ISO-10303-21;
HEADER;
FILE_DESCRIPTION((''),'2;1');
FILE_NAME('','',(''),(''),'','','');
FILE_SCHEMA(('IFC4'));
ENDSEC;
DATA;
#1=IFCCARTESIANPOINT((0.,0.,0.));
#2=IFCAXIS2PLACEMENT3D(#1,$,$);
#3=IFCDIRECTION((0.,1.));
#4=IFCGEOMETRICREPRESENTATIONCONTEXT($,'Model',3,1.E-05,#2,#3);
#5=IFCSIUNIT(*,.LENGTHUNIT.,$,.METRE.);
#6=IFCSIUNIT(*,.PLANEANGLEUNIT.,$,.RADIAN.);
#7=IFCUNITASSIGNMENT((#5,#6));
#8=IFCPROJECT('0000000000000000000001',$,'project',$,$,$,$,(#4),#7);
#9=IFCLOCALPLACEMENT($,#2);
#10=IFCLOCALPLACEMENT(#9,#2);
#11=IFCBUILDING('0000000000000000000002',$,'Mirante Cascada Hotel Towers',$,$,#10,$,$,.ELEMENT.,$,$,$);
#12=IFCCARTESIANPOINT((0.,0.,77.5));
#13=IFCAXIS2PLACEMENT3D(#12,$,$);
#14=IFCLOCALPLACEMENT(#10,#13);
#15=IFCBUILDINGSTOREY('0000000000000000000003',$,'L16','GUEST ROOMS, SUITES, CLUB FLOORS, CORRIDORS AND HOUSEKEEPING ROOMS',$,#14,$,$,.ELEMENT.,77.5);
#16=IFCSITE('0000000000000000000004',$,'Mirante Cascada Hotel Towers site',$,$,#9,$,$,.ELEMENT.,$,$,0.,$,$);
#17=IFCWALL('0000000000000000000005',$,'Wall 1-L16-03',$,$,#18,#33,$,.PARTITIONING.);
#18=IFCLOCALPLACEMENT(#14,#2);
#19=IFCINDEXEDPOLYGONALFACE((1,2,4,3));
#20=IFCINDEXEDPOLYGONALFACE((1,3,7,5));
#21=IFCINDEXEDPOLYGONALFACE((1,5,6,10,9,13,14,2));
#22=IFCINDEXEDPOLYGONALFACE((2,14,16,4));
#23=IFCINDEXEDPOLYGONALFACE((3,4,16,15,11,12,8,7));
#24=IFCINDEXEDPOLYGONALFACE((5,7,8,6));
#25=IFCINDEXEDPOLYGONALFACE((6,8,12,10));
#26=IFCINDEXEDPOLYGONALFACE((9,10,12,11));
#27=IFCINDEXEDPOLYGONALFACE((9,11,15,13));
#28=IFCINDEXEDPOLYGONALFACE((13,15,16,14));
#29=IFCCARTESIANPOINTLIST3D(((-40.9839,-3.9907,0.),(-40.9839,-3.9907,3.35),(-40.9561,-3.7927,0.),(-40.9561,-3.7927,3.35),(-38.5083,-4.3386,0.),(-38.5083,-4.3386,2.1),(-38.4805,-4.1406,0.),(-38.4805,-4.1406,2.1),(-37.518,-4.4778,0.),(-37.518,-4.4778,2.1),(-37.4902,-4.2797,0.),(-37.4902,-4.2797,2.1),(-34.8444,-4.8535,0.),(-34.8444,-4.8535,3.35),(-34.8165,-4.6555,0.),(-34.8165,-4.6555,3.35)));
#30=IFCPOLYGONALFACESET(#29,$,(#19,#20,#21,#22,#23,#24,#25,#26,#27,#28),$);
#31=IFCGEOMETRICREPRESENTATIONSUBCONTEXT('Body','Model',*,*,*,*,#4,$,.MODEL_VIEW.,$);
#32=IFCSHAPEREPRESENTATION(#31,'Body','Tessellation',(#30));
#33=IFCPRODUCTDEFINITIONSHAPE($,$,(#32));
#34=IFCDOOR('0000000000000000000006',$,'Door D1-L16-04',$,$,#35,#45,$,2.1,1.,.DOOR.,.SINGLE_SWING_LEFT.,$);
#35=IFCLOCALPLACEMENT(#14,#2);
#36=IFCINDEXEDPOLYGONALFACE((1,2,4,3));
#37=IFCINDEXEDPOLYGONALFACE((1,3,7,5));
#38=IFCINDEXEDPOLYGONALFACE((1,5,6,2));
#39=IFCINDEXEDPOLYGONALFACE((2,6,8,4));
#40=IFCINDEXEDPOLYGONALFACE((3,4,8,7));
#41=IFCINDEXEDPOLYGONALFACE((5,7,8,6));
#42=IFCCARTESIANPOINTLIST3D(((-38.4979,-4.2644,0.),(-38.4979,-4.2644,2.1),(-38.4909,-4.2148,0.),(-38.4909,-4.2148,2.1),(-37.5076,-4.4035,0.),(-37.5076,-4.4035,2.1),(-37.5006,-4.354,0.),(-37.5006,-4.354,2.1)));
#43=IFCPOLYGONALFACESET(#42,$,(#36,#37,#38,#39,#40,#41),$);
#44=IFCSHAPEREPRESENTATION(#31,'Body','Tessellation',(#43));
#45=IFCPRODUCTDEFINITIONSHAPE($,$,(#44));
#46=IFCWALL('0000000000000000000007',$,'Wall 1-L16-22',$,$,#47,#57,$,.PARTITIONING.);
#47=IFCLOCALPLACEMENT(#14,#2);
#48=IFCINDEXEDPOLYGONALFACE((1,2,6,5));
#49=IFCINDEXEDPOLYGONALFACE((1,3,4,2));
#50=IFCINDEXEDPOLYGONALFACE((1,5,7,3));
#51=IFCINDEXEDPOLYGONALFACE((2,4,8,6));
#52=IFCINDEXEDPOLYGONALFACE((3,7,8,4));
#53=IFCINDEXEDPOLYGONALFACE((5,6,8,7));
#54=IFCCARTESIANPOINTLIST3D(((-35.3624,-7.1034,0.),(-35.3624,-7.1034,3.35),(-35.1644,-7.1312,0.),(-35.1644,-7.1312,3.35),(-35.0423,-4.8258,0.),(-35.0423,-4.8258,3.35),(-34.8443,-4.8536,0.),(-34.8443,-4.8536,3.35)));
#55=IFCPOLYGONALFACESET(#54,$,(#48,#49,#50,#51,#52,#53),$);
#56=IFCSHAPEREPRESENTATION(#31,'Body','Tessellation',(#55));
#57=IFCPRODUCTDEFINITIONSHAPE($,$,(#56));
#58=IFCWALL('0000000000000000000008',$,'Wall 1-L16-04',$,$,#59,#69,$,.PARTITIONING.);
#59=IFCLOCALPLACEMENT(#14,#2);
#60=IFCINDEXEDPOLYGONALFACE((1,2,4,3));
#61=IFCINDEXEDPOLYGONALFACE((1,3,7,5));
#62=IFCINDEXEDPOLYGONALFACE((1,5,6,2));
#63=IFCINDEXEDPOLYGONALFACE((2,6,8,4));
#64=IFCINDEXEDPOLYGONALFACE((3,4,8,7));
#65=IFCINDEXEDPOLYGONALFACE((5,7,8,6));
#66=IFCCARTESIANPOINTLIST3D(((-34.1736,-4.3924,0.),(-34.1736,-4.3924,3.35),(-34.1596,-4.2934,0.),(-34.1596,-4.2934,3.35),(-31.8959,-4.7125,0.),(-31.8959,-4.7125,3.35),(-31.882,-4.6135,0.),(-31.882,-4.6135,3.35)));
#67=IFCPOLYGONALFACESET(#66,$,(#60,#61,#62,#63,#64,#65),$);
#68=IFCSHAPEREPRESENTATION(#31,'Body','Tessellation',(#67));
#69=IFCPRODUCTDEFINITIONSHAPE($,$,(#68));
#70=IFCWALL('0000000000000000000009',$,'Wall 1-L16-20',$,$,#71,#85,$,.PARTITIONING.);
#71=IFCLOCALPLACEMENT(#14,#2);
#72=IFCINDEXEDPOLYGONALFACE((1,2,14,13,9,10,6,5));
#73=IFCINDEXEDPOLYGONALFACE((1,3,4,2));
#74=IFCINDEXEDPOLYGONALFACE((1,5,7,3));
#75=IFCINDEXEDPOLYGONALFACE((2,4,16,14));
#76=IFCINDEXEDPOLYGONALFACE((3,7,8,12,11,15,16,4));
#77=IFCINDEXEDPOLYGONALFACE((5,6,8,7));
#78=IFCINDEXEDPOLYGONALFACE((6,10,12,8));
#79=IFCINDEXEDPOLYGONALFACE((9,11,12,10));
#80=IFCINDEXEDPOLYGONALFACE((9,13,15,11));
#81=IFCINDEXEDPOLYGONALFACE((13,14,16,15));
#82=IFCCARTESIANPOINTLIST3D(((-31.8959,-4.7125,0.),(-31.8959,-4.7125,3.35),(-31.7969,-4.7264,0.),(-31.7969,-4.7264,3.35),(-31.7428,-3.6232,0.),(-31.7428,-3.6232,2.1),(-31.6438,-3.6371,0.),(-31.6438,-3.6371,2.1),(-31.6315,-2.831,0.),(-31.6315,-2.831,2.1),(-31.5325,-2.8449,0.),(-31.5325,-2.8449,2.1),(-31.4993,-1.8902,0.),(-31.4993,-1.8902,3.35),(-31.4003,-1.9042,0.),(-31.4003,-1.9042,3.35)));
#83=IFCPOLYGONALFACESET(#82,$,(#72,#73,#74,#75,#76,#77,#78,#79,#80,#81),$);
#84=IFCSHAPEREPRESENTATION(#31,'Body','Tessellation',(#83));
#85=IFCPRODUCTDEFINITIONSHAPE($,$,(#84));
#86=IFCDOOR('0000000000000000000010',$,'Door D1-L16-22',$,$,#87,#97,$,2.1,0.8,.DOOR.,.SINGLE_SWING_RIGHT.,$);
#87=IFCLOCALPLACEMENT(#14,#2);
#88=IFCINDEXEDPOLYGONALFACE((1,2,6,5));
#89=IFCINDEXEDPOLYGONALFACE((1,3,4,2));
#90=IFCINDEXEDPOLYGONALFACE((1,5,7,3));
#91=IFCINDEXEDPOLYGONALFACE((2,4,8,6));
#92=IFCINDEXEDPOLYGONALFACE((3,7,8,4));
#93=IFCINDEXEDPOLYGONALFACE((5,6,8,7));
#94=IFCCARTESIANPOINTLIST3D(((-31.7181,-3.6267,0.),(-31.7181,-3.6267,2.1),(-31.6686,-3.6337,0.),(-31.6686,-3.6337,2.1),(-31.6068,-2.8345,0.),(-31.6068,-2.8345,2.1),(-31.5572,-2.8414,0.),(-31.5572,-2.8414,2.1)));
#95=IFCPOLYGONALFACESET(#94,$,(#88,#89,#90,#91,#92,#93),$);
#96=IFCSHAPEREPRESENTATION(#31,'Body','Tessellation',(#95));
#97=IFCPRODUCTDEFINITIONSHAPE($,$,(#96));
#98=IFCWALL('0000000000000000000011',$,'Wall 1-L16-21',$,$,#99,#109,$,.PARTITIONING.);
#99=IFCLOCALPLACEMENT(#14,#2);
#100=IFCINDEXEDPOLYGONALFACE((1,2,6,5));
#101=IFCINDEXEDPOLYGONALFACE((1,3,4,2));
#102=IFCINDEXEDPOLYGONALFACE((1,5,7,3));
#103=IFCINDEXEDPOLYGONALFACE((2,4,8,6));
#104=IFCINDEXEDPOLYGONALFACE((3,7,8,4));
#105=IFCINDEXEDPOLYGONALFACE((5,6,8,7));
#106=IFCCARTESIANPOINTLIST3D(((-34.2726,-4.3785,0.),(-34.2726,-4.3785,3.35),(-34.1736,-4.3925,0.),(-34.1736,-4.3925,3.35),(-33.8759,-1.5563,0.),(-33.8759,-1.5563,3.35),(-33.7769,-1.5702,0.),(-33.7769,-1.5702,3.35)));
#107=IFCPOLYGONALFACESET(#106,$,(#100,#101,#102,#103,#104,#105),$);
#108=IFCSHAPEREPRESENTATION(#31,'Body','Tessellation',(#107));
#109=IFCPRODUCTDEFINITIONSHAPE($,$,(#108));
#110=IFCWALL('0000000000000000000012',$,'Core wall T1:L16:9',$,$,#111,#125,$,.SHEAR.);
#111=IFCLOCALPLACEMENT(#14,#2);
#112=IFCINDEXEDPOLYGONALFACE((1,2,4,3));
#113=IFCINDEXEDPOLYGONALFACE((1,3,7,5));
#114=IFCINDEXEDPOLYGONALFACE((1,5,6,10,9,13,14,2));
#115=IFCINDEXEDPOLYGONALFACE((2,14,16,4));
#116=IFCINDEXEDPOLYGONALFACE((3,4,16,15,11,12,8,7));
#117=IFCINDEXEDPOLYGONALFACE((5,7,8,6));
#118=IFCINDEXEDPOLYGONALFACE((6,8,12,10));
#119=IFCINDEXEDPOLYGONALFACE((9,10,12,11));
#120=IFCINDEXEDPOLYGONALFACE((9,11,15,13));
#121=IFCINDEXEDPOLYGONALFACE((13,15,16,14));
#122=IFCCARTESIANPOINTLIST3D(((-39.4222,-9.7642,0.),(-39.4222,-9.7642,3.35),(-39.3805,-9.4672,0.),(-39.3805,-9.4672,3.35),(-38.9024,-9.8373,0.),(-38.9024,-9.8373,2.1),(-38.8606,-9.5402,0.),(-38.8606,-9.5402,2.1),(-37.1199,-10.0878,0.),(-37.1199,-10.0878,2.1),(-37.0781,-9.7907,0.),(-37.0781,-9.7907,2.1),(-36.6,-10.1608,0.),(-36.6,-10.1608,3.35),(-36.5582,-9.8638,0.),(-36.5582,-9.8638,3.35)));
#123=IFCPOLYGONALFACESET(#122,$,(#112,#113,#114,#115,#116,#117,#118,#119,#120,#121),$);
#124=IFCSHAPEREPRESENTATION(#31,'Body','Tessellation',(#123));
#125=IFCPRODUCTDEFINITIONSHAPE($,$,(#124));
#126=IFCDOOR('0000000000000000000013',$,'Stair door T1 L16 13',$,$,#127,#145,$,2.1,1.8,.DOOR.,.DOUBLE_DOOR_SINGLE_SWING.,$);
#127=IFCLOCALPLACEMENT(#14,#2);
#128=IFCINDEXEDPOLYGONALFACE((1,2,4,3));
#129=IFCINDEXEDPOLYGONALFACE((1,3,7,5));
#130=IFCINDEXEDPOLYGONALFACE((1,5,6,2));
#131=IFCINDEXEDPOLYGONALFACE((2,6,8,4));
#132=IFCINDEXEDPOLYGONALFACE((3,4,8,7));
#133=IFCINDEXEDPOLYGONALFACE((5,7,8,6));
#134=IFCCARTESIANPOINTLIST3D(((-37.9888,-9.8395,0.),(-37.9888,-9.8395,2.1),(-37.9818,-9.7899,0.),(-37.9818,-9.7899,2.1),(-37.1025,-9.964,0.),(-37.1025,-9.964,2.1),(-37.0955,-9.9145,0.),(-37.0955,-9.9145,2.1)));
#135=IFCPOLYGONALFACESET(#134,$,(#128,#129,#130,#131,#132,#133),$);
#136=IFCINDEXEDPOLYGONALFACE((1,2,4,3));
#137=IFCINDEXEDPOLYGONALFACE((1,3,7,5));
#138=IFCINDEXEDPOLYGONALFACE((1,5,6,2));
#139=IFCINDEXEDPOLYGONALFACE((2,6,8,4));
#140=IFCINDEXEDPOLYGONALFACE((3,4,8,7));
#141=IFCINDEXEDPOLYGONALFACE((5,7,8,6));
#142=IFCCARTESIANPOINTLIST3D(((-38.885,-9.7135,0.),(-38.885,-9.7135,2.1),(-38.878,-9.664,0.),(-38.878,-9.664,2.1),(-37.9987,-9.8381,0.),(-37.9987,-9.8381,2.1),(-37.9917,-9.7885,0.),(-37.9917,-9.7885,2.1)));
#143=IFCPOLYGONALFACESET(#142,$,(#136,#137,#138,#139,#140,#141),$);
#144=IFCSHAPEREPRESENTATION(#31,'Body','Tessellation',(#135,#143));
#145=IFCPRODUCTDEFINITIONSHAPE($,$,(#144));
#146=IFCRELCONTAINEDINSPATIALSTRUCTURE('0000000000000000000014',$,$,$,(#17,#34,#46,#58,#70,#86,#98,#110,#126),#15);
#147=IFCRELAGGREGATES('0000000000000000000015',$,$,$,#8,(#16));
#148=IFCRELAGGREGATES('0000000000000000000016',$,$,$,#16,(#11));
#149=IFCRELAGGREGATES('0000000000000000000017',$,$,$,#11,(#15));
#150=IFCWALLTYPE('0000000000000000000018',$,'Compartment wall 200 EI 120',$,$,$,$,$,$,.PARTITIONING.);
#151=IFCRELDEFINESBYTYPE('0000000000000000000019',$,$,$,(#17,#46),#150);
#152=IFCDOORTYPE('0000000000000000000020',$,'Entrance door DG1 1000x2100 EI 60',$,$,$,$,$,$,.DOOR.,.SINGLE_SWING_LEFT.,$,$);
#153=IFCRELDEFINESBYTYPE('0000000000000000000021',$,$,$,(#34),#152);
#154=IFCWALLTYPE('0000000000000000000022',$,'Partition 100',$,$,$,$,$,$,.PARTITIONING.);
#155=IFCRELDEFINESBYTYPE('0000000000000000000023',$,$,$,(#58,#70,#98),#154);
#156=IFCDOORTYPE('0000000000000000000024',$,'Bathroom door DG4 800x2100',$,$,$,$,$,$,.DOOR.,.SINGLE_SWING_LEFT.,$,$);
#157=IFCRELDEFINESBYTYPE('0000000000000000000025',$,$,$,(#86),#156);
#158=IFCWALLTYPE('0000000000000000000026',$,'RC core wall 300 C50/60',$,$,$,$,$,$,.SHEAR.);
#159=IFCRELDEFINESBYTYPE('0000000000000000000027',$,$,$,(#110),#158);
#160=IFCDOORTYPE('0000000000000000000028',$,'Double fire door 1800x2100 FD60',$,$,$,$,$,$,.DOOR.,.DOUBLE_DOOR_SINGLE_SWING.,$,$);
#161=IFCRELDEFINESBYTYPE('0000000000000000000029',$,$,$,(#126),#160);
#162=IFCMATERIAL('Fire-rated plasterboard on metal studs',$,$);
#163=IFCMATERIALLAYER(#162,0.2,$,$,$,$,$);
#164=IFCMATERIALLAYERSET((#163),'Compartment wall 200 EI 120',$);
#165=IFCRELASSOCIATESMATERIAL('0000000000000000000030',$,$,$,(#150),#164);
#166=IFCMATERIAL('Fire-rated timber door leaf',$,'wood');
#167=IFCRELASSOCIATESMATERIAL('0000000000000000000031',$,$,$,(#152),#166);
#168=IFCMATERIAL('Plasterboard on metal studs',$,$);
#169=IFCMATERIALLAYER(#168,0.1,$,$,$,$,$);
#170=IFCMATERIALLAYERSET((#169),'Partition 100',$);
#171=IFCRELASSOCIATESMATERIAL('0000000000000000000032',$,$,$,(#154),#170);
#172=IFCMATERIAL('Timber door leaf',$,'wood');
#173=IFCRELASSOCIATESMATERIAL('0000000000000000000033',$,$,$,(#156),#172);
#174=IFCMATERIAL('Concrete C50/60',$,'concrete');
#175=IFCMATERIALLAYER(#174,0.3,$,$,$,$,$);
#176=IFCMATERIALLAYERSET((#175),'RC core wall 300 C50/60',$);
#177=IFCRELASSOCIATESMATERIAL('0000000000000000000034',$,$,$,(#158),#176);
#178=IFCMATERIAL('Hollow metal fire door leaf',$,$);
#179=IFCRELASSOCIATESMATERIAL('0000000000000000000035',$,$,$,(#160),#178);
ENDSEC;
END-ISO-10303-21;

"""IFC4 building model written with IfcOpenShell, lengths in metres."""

from ifc_helpers import new_model, si_unit, direction, frame, frame_2d, origin, place, context, subcontext, project, spatial, rectangle, extrude, material, layer, layer_set, type_object, element, fill, save


model = new_model("IFC4")

# Units and contexts
model_context = context("Model", 3, precision=1e-05, world=origin(), true_north=direction((0.0, 1.0)))
body_context = subcontext(model_context, "Body", "Model", "MODEL_VIEW")
ifc_project = project(units=[si_unit("LENGTHUNIT", "METRE"), si_unit("PLANEANGLEUNIT", "RADIAN")], contexts=[model_context])

# Site, building, storey
site_placement = place(None, origin())
site = spatial("IfcSite", under=ifc_project, at=site_placement, Name="Mirante Cascada Hotel Towers site", CompositionType="ELEMENT", RefElevation=0.0)
building_placement = place(site_placement, origin())
building = spatial("IfcBuilding", under=site, at=building_placement, Name="Mirante Cascada Hotel Towers", CompositionType="ELEMENT")
storey_placement = place(building_placement, frame((0.0, 0.0, 77.5)))
storey = spatial("IfcBuildingStorey", under=building, at=storey_placement, Name="L16", Description="GUEST ROOMS, SUITES, CLUB FLOORS, CORRIDORS AND HOUSEKEEPING ROOMS", CompositionType="ELEMENT", Elevation=77.5)

# Wall, opening, door
ifc_material_1 = material(Name="Fire-rated plasterboard on metal studs")
ifc_layer_1 = layer(ifc_material_1, 0.2)
ifc_layer_set_1 = layer_set([ifc_layer_1], Name="Compartment wall 200 EI 120")
wall_type_1 = type_object("IfcWallType", Name="Compartment wall 200 EI 120", PredefinedType="PARTITIONING", material=ifc_layer_set_1)
wall_1_placement = place(storey_placement, frame((-34.8304, -4.7545, 0.0), z_axis=(0.0, 0.0, 1.0), x_axis=(-0.99027, 0.139163, 0.0)))
wall_1 = element("IfcWall", 1, at=wall_1_placement, inside=storey, type_object=wall_type_1, Name="Wall 1-L16-03", PredefinedType="PARTITIONING", context=body_context, shape_type="SweptSolid", body=[
    extrude(rectangle(XDim=6.1999, YDim=0.2, at=frame_2d((3.1, 0.0))), origin(), (0.0, 0.0, 1.0), 3.35),
])
opening_1_placement = place(wall_1_placement, frame((2.7, 0.0, 0.0)))
opening_1 = element("IfcOpeningElement", 2, at=opening_1_placement, cuts=wall_1, PredefinedType="OPENING", context=body_context, shape_type="SweptSolid", body=[
    extrude(rectangle(XDim=1.0, YDim=2.1, at=frame_2d((0.5, 1.05))), frame((0.0, 0.1, 0.0), z_axis=(0.0, -1.0, 0.0), x_axis=(1.0, 0.0, 0.0)), (0.0, 0.0, 1.0), 0.2),
])
ifc_material_2 = material(Name="Fire-rated timber door leaf", Category="wood")
door_type_1 = type_object("IfcDoorType", Name="Entrance door DG1 1000x2100 EI 60", OperationType="SINGLE_SWING_LEFT", PredefinedType="DOOR", material=ifc_material_2)
door_1_placement = place(opening_1_placement, origin())
door_1 = element("IfcDoor", 3, at=door_1_placement, inside=storey, type_object=door_type_1, Name="Door D1-L16-04", OperationType="SINGLE_SWING_LEFT", OverallHeight=2.1, OverallWidth=1.0, PredefinedType="DOOR", context=body_context, shape_type="SweptSolid", body=[
    extrude(rectangle(XDim=1.0, YDim=2.1, at=frame_2d((0.5, 1.05))), frame((0.0, 0.025, 0.0), z_axis=(0.0, -1.0, 0.0), x_axis=(1.0, 0.0, 0.0)), (0.0, 0.0, 1.0), 0.05),
])
fill(opening_1, door_1)

# Walls
wall_2_placement = place(storey_placement, frame((-34.9433, -4.8397, 0.0), z_axis=(0.0, 0.0, 1.0), x_axis=(-0.139175, -0.990268, 0.0)))
element("IfcWall", 4, at=wall_2_placement, inside=storey, type_object=wall_type_1, Name="Wall 1-L16-22", PredefinedType="PARTITIONING", context=body_context, shape_type="SweptSolid", body=[
    extrude(rectangle(XDim=2.3, YDim=0.2, at=frame_2d((1.15, 0.0))), origin(), (0.0, 0.0, 1.0), 3.35),
])
ifc_material_3 = material(Name="Plasterboard on metal studs")
ifc_layer_2 = layer(ifc_material_3, 0.1)
ifc_layer_set_2 = layer_set([ifc_layer_2], Name="Partition 100")
wall_type_2 = type_object("IfcWallType", Name="Partition 100", PredefinedType="PARTITIONING", material=ifc_layer_set_2)
wall_3_placement = place(storey_placement, frame((-34.1666, -4.3429, 0.0), z_axis=(0.0, 0.0, 1.0), x_axis=(0.990268, -0.139175, 0.0)))
element("IfcWall", 5, at=wall_3_placement, inside=storey, type_object=wall_type_2, Name="Wall 1-L16-04", PredefinedType="PARTITIONING", context=body_context, shape_type="SweptSolid", body=[
    extrude(rectangle(XDim=2.3, YDim=0.1, at=frame_2d((1.15, 0.0))), origin(), (0.0, 0.0, 1.0), 3.35),
])

# Wall, opening, door
wall_4_placement = place(storey_placement, frame((-31.4498, -1.8972, 0.0), z_axis=(0.0, 0.0, 1.0), x_axis=(-0.139156, -0.99027, 0.0)))
wall_4 = element("IfcWall", 6, at=wall_4_placement, inside=storey, type_object=wall_type_2, Name="Wall 1-L16-20", PredefinedType="PARTITIONING", context=body_context, shape_type="SweptSolid", body=[
    extrude(rectangle(XDim=2.85, YDim=0.1, at=frame_2d((1.425, 0.0))), origin(), (0.0, 0.0, 1.0), 3.35),
])
opening_2_placement = place(wall_4_placement, frame((0.95, 0.0, 0.0)))
opening_2 = element("IfcOpeningElement", 7, at=opening_2_placement, cuts=wall_4, PredefinedType="OPENING", context=body_context, shape_type="SweptSolid", body=[
    extrude(rectangle(XDim=0.8, YDim=2.1, at=frame_2d((0.4, 1.05))), frame((0.0, 0.05, 0.0), z_axis=(0.0, -1.0, 0.0), x_axis=(1.0, 0.0, 0.0)), (0.0, 0.0, 1.0), 0.1),
])
ifc_material_4 = material(Name="Timber door leaf", Category="wood")
door_type_2 = type_object("IfcDoorType", Name="Bathroom door DG4 800x2100", OperationType="SINGLE_SWING_LEFT", PredefinedType="DOOR", material=ifc_material_4)
door_2_placement = place(opening_2_placement, frame((0.8, 0.0, 0.0), z_axis=(0.0, 0.0, 1.0), x_axis=(-1.0, 0.0, 0.0)))
door_2 = element("IfcDoor", 8, at=door_2_placement, inside=storey, type_object=door_type_2, Name="Door D1-L16-22", OperationType="SINGLE_SWING_RIGHT", OverallHeight=2.1, OverallWidth=0.8, PredefinedType="DOOR", context=body_context, shape_type="SweptSolid", body=[
    extrude(rectangle(XDim=0.8, YDim=2.1, at=frame_2d((0.4, 1.05))), frame((0.0, 0.025, 0.0), z_axis=(0.0, -1.0, 0.0), x_axis=(1.0, 0.0, 0.0)), (0.0, 0.0, 1.0), 0.05),
])
fill(opening_2, door_2)

# Wall
wall_5_placement = place(storey_placement, frame((-34.2231, -4.3855, 0.0), z_axis=(0.0, 0.0, 1.0), x_axis=(0.139191, 0.990266, 0.0)))
element("IfcWall", 9, at=wall_5_placement, inside=storey, type_object=wall_type_2, Name="Wall 1-L16-21", PredefinedType="PARTITIONING", context=body_context, shape_type="SweptSolid", body=[
    extrude(rectangle(XDim=2.85, YDim=0.1, at=frame_2d((1.425, 0.0))), origin(), (0.0, 0.0, 1.0), 3.35),
])

# Wall, opening, door
ifc_material_5 = material(Name="Concrete C50/60", Category="concrete")
ifc_layer_3 = layer(ifc_material_5, 0.3)
ifc_layer_set_3 = layer_set([ifc_layer_3], Name="RC core wall 300 C50/60")
wall_type_3 = type_object("IfcWallType", Name="RC core wall 300 C50/60", PredefinedType="SHEAR", material=ifc_layer_set_3)
wall_6_placement = place(storey_placement, frame((-36.5791, -10.0123, 0.0), z_axis=(0.0, 0.0, 1.0), x_axis=(-0.99027, 0.139156, 0.0)))
wall_6 = element("IfcWall", 10, at=wall_6_placement, inside=storey, type_object=wall_type_3, Name="Core wall T1:L16:9", PredefinedType="SHEAR", context=body_context, shape_type="SweptSolid", body=[
    extrude(rectangle(XDim=2.85, YDim=0.3, at=frame_2d((1.425, 0.0))), origin(), (0.0, 0.0, 1.0), 3.35),
])
opening_3_placement = place(wall_6_placement, frame((0.525, 0.0, 0.0)))
opening_3 = element("IfcOpeningElement", 11, at=opening_3_placement, cuts=wall_6, PredefinedType="OPENING", context=body_context, shape_type="SweptSolid", body=[
    extrude(rectangle(XDim=1.8, YDim=2.1, at=frame_2d((0.9, 1.05))), frame((0.0, 0.15, 0.0), z_axis=(0.0, -1.0, 0.0), x_axis=(1.0, 0.0, 0.0)), (0.0, 0.0, 1.0), 0.3),
])
ifc_material_6 = material(Name="Hollow metal fire door leaf")
door_type_3 = type_object("IfcDoorType", Name="Double fire door 1800x2100 FD60", OperationType="DOUBLE_DOOR_SINGLE_SWING", PredefinedType="DOOR", material=ifc_material_6)
door_3_placement = place(opening_3_placement, origin())
door_3 = element("IfcDoor", 12, at=door_3_placement, inside=storey, type_object=door_type_3, Name="Stair door T1 L16 13", OperationType="DOUBLE_DOOR_SINGLE_SWING", OverallHeight=2.1, OverallWidth=1.8, PredefinedType="DOOR", context=body_context, shape_type="SweptSolid", body=[
    extrude(rectangle(XDim=0.895, YDim=2.1, at=frame_2d((0.4475, 1.05))), frame((0.0, 0.025, 0.0), z_axis=(0.0, -1.0, 0.0), x_axis=(1.0, 0.0, 0.0)), (0.0, 0.0, 1.0), 0.05),
    extrude(rectangle(XDim=0.895, YDim=2.1, at=frame_2d((1.3525, 1.05))), frame((0.0, 0.025, 0.0), z_axis=(0.0, -1.0, 0.0), x_axis=(1.0, 0.0, 0.0)), (0.0, 0.0, 1.0), 0.05),
])
fill(opening_3, door_3)

save(model, "model.ifc")
